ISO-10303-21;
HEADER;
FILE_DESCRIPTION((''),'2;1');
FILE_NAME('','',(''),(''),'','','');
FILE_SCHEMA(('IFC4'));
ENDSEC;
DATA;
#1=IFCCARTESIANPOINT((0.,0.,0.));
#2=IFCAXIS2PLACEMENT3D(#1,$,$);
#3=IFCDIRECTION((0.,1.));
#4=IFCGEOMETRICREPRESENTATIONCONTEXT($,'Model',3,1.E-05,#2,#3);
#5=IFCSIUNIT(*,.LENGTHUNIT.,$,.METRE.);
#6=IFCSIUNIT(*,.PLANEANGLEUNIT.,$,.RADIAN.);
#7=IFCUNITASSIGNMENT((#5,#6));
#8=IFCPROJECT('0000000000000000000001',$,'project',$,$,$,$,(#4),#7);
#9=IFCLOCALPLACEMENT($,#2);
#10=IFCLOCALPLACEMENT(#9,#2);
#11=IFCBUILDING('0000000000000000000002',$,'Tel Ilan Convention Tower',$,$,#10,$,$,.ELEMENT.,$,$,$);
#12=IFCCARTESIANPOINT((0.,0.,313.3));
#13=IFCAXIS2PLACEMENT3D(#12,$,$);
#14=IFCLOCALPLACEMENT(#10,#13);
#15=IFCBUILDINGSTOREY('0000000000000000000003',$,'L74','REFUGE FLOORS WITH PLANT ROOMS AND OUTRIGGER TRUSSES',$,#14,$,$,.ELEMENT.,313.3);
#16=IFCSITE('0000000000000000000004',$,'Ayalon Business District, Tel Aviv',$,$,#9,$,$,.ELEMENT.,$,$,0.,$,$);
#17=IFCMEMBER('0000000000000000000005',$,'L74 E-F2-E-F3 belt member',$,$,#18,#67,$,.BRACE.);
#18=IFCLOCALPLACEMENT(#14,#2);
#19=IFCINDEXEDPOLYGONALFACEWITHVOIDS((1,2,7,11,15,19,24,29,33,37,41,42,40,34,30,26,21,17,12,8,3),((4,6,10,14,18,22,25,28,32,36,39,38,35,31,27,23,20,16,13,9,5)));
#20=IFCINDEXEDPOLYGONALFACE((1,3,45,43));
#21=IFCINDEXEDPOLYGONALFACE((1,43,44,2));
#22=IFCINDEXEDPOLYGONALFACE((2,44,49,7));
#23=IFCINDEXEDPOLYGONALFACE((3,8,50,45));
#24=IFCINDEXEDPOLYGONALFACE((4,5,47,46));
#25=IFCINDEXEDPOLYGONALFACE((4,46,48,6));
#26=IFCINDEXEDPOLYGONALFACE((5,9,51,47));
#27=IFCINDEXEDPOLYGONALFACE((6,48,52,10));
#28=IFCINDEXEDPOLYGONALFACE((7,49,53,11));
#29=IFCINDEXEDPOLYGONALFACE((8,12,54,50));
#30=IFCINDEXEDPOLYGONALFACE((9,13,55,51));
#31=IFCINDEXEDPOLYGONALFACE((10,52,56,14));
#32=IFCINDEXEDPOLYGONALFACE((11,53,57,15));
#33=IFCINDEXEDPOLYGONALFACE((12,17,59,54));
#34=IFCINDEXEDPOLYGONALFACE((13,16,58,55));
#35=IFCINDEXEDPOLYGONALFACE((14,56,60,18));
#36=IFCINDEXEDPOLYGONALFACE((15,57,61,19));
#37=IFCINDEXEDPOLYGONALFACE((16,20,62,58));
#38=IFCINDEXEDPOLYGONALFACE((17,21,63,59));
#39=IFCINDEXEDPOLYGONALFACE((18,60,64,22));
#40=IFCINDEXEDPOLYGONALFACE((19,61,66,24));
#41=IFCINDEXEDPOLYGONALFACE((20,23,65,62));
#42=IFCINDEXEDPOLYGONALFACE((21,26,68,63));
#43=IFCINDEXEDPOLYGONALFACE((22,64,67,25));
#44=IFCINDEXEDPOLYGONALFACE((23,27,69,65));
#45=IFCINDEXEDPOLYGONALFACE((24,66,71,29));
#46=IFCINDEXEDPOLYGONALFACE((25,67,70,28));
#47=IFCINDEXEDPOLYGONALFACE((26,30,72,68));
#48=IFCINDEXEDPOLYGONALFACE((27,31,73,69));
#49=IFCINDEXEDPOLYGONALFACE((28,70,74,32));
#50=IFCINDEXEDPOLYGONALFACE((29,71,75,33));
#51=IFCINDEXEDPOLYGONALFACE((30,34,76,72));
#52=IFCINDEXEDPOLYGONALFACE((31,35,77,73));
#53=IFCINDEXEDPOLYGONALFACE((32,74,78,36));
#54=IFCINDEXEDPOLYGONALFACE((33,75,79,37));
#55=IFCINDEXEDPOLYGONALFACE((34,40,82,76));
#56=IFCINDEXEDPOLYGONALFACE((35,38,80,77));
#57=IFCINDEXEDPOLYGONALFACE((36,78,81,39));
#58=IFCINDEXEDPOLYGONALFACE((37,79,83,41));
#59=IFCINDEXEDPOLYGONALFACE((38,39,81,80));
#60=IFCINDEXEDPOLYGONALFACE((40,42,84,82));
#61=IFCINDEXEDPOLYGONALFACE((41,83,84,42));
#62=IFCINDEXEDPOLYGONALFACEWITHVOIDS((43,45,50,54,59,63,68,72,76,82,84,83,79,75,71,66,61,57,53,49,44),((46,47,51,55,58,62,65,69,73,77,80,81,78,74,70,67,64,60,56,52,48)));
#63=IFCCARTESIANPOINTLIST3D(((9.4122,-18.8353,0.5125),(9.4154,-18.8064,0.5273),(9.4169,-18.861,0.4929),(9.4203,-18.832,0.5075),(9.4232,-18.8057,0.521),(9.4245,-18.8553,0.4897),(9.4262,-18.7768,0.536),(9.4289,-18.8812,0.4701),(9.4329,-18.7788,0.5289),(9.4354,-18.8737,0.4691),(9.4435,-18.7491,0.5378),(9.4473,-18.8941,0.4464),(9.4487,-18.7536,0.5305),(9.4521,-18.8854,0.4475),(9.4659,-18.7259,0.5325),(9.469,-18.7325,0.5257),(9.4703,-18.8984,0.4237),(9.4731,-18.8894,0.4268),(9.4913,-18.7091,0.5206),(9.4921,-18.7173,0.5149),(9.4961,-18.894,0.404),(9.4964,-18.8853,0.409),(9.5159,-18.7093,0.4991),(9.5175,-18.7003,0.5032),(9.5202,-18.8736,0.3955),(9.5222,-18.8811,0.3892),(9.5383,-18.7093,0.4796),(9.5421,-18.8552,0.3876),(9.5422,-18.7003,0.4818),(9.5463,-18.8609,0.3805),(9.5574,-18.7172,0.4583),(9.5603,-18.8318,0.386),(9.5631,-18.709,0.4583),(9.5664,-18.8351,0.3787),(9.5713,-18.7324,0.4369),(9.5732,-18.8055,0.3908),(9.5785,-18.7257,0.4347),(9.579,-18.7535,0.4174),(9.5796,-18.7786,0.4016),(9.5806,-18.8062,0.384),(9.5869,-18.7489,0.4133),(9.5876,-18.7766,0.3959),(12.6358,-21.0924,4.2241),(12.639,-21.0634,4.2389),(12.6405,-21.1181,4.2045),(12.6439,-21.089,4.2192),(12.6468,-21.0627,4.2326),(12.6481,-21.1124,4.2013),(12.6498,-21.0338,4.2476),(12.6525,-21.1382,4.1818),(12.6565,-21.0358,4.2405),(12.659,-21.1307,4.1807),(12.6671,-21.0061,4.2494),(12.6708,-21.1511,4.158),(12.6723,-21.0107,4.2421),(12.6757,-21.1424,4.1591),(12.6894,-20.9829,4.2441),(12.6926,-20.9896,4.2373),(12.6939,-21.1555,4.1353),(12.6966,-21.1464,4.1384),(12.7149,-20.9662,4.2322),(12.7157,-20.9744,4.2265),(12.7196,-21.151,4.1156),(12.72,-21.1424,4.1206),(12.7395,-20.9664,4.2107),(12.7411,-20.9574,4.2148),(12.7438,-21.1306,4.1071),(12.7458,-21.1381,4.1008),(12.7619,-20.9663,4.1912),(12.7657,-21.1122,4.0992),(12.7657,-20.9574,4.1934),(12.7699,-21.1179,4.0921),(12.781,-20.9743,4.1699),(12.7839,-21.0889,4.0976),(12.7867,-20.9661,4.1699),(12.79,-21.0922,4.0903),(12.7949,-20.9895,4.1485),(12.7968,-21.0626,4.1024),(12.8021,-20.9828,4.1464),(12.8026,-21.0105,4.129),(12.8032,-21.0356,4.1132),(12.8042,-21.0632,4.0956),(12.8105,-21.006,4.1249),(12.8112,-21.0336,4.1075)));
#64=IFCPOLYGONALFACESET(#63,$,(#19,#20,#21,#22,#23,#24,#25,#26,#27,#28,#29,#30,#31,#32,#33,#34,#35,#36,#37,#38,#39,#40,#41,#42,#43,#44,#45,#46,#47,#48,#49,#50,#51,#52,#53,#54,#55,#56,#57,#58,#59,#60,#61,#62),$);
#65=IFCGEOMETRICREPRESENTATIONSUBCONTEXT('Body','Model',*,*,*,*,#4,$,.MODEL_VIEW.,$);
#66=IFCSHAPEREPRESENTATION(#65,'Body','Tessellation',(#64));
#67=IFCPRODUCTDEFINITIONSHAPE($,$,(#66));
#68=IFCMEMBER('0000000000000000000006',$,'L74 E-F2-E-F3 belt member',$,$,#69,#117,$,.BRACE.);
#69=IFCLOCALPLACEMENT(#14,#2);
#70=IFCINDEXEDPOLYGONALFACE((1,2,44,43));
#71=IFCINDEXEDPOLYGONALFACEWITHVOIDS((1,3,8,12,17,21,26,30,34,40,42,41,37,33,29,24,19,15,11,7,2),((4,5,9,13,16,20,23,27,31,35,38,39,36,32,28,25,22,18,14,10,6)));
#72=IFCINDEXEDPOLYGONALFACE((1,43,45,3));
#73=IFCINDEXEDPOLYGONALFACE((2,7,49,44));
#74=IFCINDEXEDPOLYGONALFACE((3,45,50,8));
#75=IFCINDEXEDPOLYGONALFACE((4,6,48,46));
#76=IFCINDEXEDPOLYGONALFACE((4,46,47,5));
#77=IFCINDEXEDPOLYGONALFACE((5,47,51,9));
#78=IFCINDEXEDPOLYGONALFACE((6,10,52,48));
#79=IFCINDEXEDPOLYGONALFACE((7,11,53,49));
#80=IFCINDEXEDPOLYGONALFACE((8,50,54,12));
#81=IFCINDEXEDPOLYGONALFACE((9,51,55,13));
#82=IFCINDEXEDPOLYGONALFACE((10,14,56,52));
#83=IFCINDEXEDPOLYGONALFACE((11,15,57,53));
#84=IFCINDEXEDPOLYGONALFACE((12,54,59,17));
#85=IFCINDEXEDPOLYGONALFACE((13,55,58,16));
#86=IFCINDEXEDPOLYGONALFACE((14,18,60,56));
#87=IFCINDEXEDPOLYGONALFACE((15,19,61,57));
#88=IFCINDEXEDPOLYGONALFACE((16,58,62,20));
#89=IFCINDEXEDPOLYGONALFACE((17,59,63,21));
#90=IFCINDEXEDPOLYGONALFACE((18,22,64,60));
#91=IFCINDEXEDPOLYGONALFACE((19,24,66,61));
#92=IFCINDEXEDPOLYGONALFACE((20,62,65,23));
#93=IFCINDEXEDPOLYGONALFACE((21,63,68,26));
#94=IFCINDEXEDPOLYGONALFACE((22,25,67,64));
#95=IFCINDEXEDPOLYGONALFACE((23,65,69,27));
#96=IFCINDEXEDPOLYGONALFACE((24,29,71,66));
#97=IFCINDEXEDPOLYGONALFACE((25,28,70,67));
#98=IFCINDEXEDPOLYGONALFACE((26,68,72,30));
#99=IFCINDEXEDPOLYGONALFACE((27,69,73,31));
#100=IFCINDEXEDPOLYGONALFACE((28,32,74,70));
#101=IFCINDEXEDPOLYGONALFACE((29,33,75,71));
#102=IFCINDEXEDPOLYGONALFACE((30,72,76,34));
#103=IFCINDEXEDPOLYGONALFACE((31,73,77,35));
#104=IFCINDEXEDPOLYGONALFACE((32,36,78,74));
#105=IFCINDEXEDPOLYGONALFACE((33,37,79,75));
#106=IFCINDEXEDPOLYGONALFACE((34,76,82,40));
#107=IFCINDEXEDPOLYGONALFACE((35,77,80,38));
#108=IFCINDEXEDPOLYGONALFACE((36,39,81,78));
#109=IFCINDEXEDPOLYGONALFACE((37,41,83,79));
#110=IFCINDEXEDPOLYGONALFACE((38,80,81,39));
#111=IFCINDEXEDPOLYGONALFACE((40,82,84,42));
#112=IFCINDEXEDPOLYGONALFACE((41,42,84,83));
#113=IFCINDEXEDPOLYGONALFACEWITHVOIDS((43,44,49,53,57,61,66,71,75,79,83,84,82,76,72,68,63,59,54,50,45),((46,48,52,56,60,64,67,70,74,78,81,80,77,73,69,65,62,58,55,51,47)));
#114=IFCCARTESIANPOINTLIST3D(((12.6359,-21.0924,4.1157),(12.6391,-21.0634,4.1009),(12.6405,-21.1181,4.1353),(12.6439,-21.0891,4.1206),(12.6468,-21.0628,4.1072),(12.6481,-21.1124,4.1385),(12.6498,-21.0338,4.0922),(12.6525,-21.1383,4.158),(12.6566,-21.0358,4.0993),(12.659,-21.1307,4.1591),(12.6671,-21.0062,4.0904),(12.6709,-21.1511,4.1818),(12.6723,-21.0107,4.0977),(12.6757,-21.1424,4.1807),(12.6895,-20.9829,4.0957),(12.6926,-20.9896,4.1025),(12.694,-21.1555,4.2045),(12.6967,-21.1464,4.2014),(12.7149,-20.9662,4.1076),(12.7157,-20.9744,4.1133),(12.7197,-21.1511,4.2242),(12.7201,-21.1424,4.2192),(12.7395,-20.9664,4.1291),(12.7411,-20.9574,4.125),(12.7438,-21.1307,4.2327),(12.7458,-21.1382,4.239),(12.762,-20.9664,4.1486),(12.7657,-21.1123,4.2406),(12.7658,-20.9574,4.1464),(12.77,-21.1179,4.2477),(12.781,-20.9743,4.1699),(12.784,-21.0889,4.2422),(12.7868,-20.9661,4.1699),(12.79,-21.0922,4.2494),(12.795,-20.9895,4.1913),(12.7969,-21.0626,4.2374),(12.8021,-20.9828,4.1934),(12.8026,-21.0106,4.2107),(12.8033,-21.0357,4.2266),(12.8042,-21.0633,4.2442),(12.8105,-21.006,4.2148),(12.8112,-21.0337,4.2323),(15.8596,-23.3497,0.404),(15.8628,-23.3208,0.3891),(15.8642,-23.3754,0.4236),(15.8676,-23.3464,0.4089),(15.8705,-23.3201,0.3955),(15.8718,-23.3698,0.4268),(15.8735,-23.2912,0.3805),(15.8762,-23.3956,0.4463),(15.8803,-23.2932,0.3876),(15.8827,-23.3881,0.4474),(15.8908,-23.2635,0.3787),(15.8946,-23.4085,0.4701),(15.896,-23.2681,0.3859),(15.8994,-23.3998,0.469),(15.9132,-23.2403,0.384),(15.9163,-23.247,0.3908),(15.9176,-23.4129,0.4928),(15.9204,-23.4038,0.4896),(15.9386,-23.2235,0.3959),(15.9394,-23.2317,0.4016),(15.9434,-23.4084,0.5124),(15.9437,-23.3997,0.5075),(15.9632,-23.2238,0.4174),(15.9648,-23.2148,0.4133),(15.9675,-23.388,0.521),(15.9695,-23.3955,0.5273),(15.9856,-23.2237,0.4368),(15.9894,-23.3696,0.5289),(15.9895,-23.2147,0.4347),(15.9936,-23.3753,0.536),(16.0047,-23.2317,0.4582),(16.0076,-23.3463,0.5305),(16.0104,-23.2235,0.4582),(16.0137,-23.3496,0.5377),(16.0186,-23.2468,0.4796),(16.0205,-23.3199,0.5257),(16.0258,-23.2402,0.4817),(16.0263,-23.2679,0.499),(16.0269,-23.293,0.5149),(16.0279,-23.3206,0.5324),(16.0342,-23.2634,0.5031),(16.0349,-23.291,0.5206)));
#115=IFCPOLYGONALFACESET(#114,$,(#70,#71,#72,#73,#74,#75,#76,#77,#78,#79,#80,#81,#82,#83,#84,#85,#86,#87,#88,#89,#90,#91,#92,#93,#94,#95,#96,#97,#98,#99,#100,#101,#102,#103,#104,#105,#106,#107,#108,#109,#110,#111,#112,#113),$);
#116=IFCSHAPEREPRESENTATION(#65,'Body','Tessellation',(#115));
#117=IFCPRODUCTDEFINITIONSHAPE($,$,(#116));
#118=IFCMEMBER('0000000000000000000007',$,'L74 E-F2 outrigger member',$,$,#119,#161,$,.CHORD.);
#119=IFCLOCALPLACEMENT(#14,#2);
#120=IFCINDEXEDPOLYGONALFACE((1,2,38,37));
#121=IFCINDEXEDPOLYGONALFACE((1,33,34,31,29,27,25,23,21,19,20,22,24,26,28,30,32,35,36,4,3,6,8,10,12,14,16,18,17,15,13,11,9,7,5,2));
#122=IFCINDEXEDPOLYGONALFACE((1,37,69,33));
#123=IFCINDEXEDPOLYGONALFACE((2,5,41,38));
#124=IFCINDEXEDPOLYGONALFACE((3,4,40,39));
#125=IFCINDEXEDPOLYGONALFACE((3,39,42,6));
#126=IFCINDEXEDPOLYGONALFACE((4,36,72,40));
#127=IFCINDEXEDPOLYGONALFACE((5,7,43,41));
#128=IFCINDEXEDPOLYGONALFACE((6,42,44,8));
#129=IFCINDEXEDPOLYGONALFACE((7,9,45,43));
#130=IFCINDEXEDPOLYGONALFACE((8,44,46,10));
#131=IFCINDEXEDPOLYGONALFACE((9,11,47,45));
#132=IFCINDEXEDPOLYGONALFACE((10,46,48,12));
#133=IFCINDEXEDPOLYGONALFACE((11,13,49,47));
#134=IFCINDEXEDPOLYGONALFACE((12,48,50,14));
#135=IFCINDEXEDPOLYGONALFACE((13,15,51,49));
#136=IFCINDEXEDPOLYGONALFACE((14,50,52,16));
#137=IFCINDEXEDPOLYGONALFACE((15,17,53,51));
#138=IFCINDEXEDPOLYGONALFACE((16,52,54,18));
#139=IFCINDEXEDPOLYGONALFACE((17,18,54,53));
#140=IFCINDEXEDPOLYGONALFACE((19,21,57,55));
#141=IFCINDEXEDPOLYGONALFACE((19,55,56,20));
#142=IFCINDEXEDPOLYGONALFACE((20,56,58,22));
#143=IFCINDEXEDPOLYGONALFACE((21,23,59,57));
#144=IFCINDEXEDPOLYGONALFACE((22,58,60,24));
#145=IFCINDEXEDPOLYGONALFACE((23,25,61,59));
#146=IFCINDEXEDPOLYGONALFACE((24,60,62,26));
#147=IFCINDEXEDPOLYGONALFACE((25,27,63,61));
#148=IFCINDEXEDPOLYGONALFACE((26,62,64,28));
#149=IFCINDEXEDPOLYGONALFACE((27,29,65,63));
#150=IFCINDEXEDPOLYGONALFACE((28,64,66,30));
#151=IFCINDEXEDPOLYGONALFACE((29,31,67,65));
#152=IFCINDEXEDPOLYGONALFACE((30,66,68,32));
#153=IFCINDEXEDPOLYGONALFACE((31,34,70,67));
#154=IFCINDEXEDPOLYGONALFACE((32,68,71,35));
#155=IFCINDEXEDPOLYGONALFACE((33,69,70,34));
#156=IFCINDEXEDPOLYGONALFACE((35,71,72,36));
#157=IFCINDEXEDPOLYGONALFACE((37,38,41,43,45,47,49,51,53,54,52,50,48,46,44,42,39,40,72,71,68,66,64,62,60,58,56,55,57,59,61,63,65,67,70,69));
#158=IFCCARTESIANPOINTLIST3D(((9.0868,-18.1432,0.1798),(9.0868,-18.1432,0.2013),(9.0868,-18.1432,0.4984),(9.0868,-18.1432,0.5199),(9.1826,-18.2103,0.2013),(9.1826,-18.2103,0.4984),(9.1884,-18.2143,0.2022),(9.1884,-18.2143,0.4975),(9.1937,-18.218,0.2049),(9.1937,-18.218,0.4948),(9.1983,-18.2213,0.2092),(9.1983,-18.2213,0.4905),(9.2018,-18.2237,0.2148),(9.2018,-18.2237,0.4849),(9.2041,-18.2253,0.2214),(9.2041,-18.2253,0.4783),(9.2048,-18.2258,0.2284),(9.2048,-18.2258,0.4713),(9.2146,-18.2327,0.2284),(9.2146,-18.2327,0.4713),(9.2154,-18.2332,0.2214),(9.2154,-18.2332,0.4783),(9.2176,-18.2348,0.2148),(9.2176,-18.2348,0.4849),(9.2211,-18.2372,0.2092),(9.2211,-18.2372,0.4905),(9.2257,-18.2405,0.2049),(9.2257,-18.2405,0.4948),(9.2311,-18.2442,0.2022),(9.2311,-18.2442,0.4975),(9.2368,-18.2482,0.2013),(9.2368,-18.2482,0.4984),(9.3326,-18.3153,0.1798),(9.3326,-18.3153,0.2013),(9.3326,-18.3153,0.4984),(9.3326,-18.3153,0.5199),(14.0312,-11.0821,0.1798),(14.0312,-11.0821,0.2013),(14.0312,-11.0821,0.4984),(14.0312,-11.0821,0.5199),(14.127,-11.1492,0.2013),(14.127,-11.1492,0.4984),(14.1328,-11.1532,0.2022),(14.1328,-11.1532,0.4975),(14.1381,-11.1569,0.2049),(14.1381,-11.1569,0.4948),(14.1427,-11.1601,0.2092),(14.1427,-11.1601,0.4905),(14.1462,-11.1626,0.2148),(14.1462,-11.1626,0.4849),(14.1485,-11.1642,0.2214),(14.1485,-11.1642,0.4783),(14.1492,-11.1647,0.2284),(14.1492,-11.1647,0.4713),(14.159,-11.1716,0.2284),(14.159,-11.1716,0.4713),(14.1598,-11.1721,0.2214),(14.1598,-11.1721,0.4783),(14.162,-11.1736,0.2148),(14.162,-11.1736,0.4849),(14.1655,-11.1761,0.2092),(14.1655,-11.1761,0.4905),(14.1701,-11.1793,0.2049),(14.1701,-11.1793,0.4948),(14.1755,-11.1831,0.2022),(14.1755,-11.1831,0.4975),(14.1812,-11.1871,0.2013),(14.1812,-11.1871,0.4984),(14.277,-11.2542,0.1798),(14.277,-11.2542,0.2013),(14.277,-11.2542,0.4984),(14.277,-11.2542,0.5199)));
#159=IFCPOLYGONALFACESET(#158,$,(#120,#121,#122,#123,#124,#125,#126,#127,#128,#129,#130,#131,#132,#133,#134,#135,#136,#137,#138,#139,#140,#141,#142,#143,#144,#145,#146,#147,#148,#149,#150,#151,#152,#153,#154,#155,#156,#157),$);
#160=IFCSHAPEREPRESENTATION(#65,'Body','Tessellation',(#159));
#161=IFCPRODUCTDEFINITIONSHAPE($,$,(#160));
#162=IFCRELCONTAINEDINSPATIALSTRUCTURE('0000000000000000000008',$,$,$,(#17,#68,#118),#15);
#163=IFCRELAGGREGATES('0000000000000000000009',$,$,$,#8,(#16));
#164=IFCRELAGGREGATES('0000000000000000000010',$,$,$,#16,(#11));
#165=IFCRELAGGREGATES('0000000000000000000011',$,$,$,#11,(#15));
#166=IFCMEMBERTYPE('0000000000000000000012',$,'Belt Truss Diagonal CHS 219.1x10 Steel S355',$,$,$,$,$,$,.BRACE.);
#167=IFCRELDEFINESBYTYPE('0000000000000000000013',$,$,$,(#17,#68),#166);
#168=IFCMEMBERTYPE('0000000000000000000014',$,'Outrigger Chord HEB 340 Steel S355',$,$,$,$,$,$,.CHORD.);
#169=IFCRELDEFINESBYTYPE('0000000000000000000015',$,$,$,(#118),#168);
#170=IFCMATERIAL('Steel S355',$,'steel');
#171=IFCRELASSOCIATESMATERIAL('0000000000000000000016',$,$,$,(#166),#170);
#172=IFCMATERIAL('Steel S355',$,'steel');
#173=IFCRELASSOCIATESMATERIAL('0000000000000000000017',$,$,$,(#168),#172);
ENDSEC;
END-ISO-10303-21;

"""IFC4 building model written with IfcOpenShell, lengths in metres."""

from ifc_helpers import new_model, si_unit, direction, frame, origin, origin_2d, place, context, subcontext, project, spatial, hollow_circle, i_section, extrude, material, material_profile, profile_set, type_object, element, save


model = new_model("IFC4")

# Units and contexts
model_context = context("Model", 3, precision=1e-05, world=origin(), true_north=direction((0.0, 1.0)))
body_context = subcontext(model_context, "Body", "Model", "MODEL_VIEW")
ifc_project = project(units=[si_unit("LENGTHUNIT", "METRE"), si_unit("PLANEANGLEUNIT", "RADIAN")], contexts=[model_context])

# Site, building, storey
site_placement = place(None, origin())
site = spatial("IfcSite", under=ifc_project, at=site_placement, Name="Ayalon Business District, Tel Aviv", CompositionType="ELEMENT", RefElevation=0.0)
building_placement = place(site_placement, origin())
building = spatial("IfcBuilding", under=site, at=building_placement, Name="Tel Ilan Convention Tower", CompositionType="ELEMENT")
storey_placement = place(building_placement, frame((0.0, 0.0, 313.3)))
storey = spatial("IfcBuildingStorey", under=building, at=storey_placement, Name="L74", Description="REFUGE FLOORS WITH PLANT ROOMS AND OUTRIGGER TRUSSES", CompositionType="ELEMENT", Elevation=313.3)

# Members
ifc_material_1 = material(Name="Steel S355", Category="steel")
ifc_material_profile_1 = material_profile(ifc_material_1, hollow_circle(Radius=0.1096, WallThickness=0.01, at=origin_2d()), Name="CHS 219.1x10")
ifc_profile_set_1 = profile_set([ifc_material_profile_1], Name="Steel S355")
member_type_1 = type_object("IfcMemberType", Name="Belt Truss Diagonal CHS 219.1x10 Steel S355", PredefinedType="BRACE", material=ifc_profile_set_1)
for number, where, z_axis, x_axis, name in (
    (1, (9.5002, -18.7988, 0.4583), (0.59592, -0.417244, 0.686139), (0.573554, 0.819168, 0.0), "L74 E-F2-E-F3 belt member"),
):
    element("IfcMember", number, at=place(storey_placement, frame(where, z_axis=z_axis, x_axis=x_axis)), inside=storey, type_object=member_type_1, Name=name, PredefinedType="BRACE", context=body_context, shape_type="SweptSolid", body=[
        extrude(hollow_circle(Radius=0.1096, WallThickness=0.01, at=origin_2d()), origin(), (0.0, 0.0, 1.0), 5.4094),
    ])
member_1_placement = place(storey_placement, frame((12.7239, -21.0559, 4.1699), z_axis=(0.595909, -0.417281, -0.686126), x_axis=(0.573596, 0.819139, 0.0)))
element("IfcMember", 2, at=member_1_placement, inside=storey, type_object=member_type_1, Name="L74 E-F2-E-F3 belt member", PredefinedType="BRACE", context=body_context, shape_type="SweptSolid", body=[
    extrude(hollow_circle(Radius=0.1096, WallThickness=0.01, at=origin_2d()), origin(), (0.0, 0.0, 1.0), 5.4097),
])
ifc_material_2 = material(Name="Steel S355", Category="steel")
ifc_material_profile_2 = material_profile(ifc_material_2, i_section(OverallWidth=0.3, OverallDepth=0.3401, WebThickness=0.012, FlangeThickness=0.0215, FilletRadius=0.0271, at=origin_2d()), Name="HEB 340")
ifc_profile_set_2 = profile_set([ifc_material_profile_2], Name="Steel S355")
member_type_2 = type_object("IfcMemberType", Name="Outrigger Chord HEB 340 Steel S355", PredefinedType="CHORD", material=ifc_profile_set_2)
for number, where, z_axis, x_axis, name in (
    (3, (9.2097, -18.2292, 0.3499), (0.573588, 0.819144, 0.0), (-0.819144, 0.573588, 0.0), "L74 E-F2 outrigger member"),
):
    element("IfcMember", number, at=place(storey_placement, frame(where, z_axis=z_axis, x_axis=x_axis)), inside=storey, type_object=member_type_2, Name=name, PredefinedType="CHORD", context=body_context, shape_type="SweptSolid", body=[
        extrude(i_section(OverallWidth=0.3, OverallDepth=0.3401, WebThickness=0.012, FlangeThickness=0.0215, FilletRadius=0.0271, at=origin_2d()), origin(), (0.0, 0.0, 1.0), 8.6201),
    ])

save(model, "model.ifc")
